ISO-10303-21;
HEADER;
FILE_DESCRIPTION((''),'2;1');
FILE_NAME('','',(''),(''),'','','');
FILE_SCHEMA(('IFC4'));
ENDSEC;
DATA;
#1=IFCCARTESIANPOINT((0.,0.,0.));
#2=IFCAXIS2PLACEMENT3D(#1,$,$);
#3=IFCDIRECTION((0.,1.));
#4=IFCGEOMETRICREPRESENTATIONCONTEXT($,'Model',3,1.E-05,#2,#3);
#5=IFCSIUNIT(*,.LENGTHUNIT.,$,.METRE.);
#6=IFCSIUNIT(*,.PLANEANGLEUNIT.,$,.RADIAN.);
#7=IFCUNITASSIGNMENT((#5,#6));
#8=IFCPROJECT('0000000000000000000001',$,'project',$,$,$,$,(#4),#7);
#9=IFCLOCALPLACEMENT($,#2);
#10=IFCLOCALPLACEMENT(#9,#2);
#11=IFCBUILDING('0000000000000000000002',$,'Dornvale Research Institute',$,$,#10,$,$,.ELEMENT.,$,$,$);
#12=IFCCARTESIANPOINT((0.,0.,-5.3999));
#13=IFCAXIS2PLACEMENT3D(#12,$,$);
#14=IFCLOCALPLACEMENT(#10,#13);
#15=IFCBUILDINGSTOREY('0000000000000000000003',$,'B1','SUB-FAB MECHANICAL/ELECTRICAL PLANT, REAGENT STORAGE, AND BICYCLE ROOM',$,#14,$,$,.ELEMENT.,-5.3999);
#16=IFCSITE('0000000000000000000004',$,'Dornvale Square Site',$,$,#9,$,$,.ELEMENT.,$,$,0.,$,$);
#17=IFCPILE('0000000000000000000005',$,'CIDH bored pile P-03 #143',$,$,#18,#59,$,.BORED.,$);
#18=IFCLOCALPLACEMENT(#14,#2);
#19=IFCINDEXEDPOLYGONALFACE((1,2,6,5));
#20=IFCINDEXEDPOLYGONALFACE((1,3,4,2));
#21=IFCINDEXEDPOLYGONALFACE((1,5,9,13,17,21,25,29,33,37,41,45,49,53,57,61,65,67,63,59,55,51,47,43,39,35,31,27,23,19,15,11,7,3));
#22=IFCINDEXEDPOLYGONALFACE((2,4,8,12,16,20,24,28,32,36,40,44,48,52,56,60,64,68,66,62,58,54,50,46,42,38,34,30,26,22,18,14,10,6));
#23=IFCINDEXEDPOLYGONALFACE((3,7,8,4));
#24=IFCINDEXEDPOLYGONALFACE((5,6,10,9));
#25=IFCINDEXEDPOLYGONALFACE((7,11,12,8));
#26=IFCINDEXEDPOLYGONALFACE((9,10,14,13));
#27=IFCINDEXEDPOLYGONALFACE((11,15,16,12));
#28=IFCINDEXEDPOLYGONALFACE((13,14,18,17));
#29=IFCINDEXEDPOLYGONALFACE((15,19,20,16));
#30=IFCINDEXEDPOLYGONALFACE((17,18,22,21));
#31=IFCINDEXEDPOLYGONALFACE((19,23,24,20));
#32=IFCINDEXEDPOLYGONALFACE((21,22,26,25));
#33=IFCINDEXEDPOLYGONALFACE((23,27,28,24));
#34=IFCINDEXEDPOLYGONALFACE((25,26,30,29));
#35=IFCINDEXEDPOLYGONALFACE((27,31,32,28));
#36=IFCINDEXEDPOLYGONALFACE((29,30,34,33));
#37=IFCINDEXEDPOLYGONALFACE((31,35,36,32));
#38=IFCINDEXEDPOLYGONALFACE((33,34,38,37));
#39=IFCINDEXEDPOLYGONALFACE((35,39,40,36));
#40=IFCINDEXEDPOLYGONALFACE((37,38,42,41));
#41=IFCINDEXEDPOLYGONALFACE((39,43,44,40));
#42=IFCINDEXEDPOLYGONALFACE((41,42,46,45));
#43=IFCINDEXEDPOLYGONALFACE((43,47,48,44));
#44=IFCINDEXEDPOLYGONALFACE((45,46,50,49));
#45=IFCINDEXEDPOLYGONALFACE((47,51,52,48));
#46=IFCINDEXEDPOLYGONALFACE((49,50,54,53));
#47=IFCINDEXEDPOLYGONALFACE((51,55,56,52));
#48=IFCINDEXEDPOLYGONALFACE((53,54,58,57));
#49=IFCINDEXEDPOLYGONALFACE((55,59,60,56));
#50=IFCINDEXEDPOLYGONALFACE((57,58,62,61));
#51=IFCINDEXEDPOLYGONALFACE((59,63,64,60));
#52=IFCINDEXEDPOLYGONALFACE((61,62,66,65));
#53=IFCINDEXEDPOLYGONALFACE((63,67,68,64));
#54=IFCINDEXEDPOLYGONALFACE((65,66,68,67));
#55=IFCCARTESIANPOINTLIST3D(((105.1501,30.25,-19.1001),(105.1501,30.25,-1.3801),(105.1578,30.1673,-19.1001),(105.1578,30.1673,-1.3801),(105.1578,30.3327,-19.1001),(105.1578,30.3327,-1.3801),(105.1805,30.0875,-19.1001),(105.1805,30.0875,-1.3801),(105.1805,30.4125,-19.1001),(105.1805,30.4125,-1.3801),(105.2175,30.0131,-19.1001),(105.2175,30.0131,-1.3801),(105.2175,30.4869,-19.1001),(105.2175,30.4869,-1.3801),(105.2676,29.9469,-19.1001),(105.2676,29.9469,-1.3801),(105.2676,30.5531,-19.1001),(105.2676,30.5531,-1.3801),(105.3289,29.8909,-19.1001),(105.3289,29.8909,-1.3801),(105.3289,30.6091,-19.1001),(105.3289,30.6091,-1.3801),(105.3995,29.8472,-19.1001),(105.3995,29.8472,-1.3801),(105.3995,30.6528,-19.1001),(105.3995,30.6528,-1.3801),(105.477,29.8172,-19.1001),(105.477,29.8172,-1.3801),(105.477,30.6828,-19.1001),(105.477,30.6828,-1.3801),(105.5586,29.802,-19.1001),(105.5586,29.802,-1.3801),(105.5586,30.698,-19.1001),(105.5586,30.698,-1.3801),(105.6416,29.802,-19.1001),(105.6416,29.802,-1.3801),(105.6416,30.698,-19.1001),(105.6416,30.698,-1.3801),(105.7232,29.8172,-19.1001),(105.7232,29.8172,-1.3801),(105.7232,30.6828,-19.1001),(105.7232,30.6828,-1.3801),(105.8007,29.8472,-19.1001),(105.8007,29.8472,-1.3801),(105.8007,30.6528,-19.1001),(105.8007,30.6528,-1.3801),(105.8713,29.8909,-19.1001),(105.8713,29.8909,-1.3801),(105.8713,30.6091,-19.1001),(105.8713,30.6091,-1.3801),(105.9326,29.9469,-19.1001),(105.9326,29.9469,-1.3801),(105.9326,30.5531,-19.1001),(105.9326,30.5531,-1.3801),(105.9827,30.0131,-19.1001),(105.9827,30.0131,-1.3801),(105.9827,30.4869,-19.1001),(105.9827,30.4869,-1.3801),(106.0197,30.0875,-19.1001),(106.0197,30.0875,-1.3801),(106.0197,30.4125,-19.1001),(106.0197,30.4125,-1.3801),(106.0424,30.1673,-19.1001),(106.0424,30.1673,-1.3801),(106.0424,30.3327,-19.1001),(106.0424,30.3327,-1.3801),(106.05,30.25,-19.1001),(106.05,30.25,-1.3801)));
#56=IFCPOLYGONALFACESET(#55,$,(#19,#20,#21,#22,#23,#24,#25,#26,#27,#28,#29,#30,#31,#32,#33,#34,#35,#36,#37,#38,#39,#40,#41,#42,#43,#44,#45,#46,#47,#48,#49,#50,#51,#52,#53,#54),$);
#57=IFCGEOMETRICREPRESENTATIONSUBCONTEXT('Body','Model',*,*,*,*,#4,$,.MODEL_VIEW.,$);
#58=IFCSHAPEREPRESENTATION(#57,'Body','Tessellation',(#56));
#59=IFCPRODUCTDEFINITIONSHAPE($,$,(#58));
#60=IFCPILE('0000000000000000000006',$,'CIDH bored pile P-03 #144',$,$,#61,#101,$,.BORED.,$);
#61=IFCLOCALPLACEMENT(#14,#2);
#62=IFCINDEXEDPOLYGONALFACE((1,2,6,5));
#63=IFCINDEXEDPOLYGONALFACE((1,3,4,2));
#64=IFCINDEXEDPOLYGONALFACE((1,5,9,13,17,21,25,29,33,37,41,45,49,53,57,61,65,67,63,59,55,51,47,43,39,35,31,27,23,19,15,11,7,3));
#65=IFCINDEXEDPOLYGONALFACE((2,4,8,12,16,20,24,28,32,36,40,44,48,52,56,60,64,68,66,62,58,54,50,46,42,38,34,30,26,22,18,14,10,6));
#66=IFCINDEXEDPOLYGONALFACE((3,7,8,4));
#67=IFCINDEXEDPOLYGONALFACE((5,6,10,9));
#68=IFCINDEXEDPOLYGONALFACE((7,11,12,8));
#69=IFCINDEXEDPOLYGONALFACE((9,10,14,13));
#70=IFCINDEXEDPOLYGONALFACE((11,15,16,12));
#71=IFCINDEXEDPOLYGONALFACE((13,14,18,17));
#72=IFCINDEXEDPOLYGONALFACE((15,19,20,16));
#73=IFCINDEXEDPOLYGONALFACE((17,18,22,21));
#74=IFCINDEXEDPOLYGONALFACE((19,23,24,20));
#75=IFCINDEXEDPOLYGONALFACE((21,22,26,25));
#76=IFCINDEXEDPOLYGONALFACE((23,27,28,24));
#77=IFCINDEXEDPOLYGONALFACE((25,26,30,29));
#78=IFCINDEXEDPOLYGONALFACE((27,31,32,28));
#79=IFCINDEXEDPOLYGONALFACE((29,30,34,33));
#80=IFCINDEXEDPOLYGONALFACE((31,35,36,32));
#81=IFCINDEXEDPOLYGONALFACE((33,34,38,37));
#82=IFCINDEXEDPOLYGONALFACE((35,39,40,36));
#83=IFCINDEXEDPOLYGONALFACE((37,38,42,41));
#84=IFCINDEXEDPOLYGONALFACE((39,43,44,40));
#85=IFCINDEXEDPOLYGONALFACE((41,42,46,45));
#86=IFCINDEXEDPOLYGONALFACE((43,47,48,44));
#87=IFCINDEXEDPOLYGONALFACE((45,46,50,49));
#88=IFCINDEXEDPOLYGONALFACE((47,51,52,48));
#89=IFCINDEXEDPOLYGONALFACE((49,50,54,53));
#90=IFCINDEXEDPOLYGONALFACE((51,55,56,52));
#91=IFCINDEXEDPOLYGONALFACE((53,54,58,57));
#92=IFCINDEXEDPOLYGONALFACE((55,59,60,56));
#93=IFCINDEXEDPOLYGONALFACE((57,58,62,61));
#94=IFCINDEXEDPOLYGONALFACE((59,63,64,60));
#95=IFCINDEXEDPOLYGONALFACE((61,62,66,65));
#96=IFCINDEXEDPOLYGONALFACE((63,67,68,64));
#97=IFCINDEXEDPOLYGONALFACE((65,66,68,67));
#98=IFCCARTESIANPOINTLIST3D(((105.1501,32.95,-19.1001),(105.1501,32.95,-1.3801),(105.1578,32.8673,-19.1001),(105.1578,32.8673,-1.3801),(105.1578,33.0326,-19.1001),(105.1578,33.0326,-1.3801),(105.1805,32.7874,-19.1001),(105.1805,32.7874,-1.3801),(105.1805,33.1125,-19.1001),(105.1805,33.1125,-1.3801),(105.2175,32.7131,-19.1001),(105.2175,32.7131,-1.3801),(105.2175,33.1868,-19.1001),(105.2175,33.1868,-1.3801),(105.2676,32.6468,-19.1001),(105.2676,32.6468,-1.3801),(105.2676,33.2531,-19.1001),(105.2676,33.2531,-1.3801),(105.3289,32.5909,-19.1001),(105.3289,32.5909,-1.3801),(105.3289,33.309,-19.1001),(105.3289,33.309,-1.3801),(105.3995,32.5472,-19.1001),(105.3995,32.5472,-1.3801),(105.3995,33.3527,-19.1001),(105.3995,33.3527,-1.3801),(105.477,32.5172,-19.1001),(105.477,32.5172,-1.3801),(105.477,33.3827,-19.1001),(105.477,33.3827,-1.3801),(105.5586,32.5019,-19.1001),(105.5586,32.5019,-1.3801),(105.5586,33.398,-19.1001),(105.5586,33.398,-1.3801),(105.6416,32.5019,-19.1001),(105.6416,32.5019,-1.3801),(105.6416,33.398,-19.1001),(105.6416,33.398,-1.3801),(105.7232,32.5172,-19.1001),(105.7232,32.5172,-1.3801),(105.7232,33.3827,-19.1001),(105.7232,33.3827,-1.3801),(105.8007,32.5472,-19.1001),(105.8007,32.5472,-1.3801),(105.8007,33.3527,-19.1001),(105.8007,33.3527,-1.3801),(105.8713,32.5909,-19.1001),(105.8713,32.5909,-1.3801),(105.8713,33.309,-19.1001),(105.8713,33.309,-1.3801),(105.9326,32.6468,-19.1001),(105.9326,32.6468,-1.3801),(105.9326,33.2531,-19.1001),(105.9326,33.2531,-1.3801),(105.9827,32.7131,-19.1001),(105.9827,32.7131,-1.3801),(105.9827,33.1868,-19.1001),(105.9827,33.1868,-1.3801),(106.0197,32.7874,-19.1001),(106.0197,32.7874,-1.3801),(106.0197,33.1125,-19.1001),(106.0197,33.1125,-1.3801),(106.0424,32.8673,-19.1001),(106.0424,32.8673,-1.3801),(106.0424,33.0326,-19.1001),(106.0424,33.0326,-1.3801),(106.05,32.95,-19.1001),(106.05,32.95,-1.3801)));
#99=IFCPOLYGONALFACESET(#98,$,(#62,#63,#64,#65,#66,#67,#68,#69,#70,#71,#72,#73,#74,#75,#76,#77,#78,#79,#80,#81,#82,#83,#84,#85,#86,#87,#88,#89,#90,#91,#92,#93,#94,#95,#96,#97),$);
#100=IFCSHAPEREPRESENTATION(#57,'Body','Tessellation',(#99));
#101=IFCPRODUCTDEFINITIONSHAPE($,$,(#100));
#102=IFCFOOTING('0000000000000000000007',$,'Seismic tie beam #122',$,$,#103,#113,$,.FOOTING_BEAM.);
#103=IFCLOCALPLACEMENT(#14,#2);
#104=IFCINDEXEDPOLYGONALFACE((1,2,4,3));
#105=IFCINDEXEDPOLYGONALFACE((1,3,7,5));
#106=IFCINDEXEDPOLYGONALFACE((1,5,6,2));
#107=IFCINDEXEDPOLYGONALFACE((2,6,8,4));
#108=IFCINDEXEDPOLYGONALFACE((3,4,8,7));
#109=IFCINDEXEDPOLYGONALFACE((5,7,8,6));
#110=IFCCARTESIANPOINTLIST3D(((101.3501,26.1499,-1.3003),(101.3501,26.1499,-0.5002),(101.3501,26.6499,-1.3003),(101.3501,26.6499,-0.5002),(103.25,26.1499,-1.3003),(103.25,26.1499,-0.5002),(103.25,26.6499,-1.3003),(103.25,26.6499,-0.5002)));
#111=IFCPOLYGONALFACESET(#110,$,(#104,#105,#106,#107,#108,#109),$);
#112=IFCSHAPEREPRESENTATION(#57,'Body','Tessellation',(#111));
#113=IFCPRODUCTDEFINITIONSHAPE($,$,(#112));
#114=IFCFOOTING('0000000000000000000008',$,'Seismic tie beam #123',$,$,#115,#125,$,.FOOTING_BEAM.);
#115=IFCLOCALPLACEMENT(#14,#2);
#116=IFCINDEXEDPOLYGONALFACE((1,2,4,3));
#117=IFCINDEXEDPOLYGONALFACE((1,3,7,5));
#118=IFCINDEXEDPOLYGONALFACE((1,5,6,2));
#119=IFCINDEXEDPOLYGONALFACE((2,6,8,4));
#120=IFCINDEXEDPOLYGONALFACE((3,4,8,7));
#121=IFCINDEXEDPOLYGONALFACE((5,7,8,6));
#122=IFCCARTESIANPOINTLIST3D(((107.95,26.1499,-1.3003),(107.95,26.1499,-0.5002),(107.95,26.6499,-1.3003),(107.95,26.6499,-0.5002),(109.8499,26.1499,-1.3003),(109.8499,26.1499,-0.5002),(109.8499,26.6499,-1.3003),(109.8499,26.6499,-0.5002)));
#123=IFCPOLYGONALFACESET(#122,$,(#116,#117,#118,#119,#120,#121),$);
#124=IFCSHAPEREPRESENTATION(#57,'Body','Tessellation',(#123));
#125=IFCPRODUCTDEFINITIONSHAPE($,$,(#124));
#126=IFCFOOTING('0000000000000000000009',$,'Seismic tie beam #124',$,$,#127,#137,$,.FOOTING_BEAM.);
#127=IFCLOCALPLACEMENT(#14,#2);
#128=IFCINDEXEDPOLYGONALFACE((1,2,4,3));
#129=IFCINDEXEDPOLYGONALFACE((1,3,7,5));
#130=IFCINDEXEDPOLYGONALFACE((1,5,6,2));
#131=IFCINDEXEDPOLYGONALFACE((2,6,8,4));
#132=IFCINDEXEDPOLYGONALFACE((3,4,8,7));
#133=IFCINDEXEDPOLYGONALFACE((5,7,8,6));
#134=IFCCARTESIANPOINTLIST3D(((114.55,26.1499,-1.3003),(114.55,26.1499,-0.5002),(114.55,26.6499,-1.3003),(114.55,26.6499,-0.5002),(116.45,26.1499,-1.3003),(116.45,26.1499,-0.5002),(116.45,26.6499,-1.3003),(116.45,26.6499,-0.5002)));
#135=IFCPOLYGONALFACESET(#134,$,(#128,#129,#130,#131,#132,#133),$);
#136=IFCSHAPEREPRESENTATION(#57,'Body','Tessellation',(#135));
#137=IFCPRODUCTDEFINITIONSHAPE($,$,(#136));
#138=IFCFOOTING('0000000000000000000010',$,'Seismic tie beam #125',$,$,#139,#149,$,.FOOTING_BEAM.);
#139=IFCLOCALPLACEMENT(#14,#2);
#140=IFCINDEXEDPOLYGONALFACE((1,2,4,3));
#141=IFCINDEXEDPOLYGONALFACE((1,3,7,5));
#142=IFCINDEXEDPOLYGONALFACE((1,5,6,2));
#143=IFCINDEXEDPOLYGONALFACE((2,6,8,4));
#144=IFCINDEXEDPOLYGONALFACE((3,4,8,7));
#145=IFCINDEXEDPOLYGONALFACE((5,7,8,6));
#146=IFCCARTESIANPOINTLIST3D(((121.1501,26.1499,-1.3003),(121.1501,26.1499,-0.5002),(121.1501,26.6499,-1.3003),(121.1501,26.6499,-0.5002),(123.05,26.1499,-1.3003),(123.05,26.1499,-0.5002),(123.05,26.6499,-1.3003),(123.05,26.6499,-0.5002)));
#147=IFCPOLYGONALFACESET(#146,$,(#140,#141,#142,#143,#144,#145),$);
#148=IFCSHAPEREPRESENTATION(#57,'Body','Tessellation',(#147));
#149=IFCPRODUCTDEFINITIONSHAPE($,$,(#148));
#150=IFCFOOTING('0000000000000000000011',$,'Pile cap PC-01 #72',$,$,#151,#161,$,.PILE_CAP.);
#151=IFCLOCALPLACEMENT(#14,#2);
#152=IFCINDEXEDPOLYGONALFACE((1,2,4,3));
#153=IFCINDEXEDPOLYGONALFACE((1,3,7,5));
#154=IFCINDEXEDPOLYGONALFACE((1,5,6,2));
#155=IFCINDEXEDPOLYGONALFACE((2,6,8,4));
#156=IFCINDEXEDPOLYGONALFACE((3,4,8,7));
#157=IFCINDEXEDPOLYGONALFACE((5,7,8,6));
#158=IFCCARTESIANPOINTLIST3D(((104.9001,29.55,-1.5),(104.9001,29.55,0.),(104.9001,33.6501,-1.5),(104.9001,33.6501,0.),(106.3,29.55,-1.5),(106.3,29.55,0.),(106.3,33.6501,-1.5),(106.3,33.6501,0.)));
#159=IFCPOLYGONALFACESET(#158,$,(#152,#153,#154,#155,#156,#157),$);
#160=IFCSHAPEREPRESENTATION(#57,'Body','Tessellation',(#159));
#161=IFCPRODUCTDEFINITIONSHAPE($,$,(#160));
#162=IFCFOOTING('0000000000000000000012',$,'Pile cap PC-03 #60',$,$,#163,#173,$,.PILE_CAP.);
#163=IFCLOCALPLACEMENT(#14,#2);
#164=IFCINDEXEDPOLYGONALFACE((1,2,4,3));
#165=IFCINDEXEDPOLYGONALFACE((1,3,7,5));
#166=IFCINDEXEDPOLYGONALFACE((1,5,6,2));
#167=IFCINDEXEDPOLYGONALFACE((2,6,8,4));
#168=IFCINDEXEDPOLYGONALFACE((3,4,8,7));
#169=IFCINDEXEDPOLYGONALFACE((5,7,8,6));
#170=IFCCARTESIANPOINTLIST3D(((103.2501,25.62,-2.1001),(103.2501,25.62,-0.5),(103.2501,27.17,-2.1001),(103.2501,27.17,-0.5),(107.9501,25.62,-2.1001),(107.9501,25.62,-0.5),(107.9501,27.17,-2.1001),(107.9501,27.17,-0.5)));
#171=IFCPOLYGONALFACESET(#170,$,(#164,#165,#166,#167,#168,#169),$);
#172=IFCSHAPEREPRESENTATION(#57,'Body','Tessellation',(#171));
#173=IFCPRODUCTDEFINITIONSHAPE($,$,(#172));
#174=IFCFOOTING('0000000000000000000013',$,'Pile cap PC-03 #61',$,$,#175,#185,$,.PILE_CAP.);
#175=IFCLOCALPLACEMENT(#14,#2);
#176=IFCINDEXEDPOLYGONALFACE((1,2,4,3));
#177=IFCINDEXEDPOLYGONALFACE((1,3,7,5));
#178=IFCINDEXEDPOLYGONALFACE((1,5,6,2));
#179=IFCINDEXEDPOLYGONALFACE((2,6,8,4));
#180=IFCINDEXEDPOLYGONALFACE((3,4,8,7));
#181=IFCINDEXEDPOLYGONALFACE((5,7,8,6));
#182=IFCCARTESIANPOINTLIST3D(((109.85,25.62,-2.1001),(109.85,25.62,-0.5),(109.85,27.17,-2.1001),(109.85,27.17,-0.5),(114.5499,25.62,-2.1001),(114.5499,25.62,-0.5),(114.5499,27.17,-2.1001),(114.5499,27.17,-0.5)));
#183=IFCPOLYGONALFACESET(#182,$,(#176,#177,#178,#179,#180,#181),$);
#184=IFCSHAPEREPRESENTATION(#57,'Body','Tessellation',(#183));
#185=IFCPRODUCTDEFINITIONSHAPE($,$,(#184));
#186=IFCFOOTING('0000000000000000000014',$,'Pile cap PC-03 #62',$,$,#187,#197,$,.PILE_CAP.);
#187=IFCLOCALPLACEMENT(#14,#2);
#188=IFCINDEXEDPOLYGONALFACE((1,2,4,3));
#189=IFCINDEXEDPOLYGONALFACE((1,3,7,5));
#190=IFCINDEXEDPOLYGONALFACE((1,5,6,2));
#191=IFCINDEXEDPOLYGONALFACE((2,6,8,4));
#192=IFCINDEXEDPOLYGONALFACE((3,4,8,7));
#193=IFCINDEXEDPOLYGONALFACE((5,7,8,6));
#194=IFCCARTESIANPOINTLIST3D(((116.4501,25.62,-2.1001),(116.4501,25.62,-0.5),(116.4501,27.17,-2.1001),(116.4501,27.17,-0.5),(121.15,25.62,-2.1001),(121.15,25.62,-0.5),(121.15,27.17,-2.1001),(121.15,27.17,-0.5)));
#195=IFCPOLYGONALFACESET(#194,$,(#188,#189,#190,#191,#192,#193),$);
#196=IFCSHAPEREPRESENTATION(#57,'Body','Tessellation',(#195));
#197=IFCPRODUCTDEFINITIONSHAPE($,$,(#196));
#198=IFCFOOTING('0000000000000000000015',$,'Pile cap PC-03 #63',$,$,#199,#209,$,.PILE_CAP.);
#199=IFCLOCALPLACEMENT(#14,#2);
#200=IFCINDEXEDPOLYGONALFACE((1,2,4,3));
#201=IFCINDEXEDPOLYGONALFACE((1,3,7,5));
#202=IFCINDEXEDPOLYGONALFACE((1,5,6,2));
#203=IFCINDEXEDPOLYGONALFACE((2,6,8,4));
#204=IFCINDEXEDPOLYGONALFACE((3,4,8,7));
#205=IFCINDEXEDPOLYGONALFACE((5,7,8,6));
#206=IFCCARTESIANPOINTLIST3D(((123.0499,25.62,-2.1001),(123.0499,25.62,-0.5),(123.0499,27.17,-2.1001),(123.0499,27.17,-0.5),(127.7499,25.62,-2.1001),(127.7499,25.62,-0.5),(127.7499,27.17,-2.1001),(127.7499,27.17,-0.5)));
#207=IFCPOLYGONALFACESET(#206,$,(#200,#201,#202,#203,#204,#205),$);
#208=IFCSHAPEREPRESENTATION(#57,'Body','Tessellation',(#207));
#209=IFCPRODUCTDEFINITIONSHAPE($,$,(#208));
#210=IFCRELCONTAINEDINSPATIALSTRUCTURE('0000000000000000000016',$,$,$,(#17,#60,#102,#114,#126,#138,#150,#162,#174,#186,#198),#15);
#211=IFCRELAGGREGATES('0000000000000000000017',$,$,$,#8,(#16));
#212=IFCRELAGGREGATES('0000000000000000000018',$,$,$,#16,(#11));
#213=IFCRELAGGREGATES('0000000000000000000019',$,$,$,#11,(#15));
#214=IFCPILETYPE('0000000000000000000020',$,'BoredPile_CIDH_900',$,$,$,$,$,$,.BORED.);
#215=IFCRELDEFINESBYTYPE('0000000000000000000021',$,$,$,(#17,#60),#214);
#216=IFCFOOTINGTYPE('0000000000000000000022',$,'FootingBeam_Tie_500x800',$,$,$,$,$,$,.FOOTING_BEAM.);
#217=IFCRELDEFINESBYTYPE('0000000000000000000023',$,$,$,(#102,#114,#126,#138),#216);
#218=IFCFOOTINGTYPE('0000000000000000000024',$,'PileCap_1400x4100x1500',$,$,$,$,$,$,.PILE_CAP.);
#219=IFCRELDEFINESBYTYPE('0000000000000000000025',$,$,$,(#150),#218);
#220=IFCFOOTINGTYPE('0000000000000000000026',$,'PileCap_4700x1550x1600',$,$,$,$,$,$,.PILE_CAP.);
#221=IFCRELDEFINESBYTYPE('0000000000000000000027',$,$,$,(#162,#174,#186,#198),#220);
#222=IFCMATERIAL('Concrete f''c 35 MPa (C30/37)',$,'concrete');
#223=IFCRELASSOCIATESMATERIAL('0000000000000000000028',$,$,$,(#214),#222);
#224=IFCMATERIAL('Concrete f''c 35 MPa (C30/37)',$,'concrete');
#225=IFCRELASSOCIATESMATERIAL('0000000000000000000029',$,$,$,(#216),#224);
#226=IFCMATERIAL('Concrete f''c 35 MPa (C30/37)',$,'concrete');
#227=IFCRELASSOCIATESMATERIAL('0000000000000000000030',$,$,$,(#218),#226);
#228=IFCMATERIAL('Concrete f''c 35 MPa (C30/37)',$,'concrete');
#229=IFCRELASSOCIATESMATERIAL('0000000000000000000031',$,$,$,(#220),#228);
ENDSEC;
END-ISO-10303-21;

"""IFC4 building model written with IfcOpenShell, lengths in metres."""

from ifc_helpers import new_model, si_unit, direction, frame, origin, origin_2d, place, context, subcontext, project, spatial, rectangle, circle, extrude, material, material_profile, profile_set, type_object, element, save


model = new_model("IFC4")

# Units and contexts
model_context = context("Model", 3, precision=1e-05, world=origin(), true_north=direction((0.0, 1.0)))
body_context = subcontext(model_context, "Body", "Model", "MODEL_VIEW")
ifc_project = project(units=[si_unit("LENGTHUNIT", "METRE"), si_unit("PLANEANGLEUNIT", "RADIAN")], contexts=[model_context])

# Site, building, storey
site_placement = place(None, origin())
site = spatial("IfcSite", under=ifc_project, at=site_placement, Name="Dornvale Square Site", CompositionType="ELEMENT", RefElevation=0.0)
building_placement = place(site_placement, origin())
building = spatial("IfcBuilding", under=site, at=building_placement, Name="Dornvale Research Institute", CompositionType="ELEMENT")
storey_placement = place(building_placement, frame((0.0, 0.0, -5.3999)))
storey = spatial("IfcBuildingStorey", under=building, at=storey_placement, Name="B1", Description="SUB-FAB MECHANICAL/ELECTRICAL PLANT, REAGENT STORAGE, AND BICYCLE ROOM", CompositionType="ELEMENT", Elevation=-5.3999)

# Piles
ifc_material_1 = material(Name="Concrete f'c 35 MPa (C30/37)", Category="concrete")
ifc_material_profile_1 = material_profile(ifc_material_1, circle(Radius=0.45, at=origin_2d()), Name="CIDH PILE D900")
ifc_profile_set_1 = profile_set([ifc_material_profile_1], Name="Concrete f'c 35 MPa (C30/37)")
pile_type_1 = type_object("IfcPileType", Name="BoredPile_CIDH_900", PredefinedType="BORED", material=ifc_profile_set_1)
for number, where, z_axis, x_axis, name in (
    (1, (105.6001, 30.25, -1.3801), (0.0, 0.0, -1.0), (1.0, 0.0, 0.0), "CIDH bored pile P-03 #143"),
    (2, (105.6001, 32.95, -1.3801), (0.0, 0.0, -1.0), (1.0, 0.0, 0.0), "CIDH bored pile P-03 #144"),
):
    element("IfcPile", number, at=place(storey_placement, frame(where, z_axis=z_axis, x_axis=x_axis)), inside=storey, type_object=pile_type_1, Name=name, PredefinedType="BORED", context=body_context, shape_type="SweptSolid", body=[
        extrude(circle(Radius=0.45, at=origin_2d()), origin(), (0.0, 0.0, 1.0), 17.72),
    ])

# Footings
ifc_material_2 = material(Name="Concrete f'c 35 MPa (C30/37)", Category="concrete")
footing_type_1 = type_object("IfcFootingType", Name="FootingBeam_Tie_500x800", PredefinedType="FOOTING_BEAM", material=ifc_material_2)
for number, where, z_axis, x_axis, name in (
    (3, (102.3, 26.3999, -1.3003), (0.0, 0.0, 1.0), (1.0, 0.0, 0.0), "Seismic tie beam #122"),
    (4, (108.8999, 26.3999, -1.3003), (0.0, 0.0, 1.0), (1.0, 0.0, 0.0), "Seismic tie beam #123"),
    (5, (115.5, 26.3999, -1.3003), (0.0, 0.0, 1.0), (1.0, 0.0, 0.0), "Seismic tie beam #124"),
    (6, (122.1001, 26.3999, -1.3003), (0.0, 0.0, 1.0), (1.0, 0.0, 0.0), "Seismic tie beam #125"),
):
    element("IfcFooting", number, at=place(storey_placement, frame(where, z_axis=z_axis, x_axis=x_axis)), inside=storey, type_object=footing_type_1, Name=name, PredefinedType="FOOTING_BEAM", context=body_context, shape_type="SweptSolid", body=[
        extrude(rectangle(XDim=1.8999, YDim=0.5, at=origin_2d()), origin(), (0.0, 0.0, 1.0), 0.8),
    ])
ifc_material_3 = material(Name="Concrete f'c 35 MPa (C30/37)", Category="concrete")
footing_type_2 = type_object("IfcFootingType", Name="PileCap_1400x4100x1500", PredefinedType="PILE_CAP", material=ifc_material_3)
footing_placement = place(storey_placement, frame((105.6001, 31.6001, -1.5), z_axis=(0.0, 0.0, 1.0), x_axis=(1.0, 0.0, 0.0)))
element("IfcFooting", 7, at=footing_placement, inside=storey, type_object=footing_type_2, Name="Pile cap PC-01 #72", PredefinedType="PILE_CAP", context=body_context, shape_type="SweptSolid", body=[
    extrude(rectangle(XDim=1.3999, YDim=4.1001, at=origin_2d()), origin(), (0.0, 0.0, 1.0), 1.5),
])
ifc_material_4 = material(Name="Concrete f'c 35 MPa (C30/37)", Category="concrete")
footing_type_3 = type_object("IfcFootingType", Name="PileCap_4700x1550x1600", PredefinedType="PILE_CAP", material=ifc_material_4)
for number, where, z_axis, x_axis, name in (
    (8, (105.6001, 26.395, -2.1001), (0.0, 0.0, 1.0), (1.0, 0.0, 0.0), "Pile cap PC-03 #60"),
    (9, (112.2, 26.395, -2.1001), (0.0, 0.0, 1.0), (1.0, 0.0, 0.0), "Pile cap PC-03 #61"),
    (10, (118.8, 26.395, -2.1001), (0.0, 0.0, 1.0), (1.0, 0.0, 0.0), "Pile cap PC-03 #62"),
    (11, (125.3999, 26.395, -2.1001), (0.0, 0.0, 1.0), (1.0, 0.0, 0.0), "Pile cap PC-03 #63"),
):
    element("IfcFooting", number, at=place(storey_placement, frame(where, z_axis=z_axis, x_axis=x_axis)), inside=storey, type_object=footing_type_3, Name=name, PredefinedType="PILE_CAP", context=body_context, shape_type="SweptSolid", body=[
        extrude(rectangle(XDim=4.7, YDim=1.55, at=origin_2d()), origin(), (0.0, 0.0, 1.0), 1.6001),
    ])

save(model, "model.ifc")
